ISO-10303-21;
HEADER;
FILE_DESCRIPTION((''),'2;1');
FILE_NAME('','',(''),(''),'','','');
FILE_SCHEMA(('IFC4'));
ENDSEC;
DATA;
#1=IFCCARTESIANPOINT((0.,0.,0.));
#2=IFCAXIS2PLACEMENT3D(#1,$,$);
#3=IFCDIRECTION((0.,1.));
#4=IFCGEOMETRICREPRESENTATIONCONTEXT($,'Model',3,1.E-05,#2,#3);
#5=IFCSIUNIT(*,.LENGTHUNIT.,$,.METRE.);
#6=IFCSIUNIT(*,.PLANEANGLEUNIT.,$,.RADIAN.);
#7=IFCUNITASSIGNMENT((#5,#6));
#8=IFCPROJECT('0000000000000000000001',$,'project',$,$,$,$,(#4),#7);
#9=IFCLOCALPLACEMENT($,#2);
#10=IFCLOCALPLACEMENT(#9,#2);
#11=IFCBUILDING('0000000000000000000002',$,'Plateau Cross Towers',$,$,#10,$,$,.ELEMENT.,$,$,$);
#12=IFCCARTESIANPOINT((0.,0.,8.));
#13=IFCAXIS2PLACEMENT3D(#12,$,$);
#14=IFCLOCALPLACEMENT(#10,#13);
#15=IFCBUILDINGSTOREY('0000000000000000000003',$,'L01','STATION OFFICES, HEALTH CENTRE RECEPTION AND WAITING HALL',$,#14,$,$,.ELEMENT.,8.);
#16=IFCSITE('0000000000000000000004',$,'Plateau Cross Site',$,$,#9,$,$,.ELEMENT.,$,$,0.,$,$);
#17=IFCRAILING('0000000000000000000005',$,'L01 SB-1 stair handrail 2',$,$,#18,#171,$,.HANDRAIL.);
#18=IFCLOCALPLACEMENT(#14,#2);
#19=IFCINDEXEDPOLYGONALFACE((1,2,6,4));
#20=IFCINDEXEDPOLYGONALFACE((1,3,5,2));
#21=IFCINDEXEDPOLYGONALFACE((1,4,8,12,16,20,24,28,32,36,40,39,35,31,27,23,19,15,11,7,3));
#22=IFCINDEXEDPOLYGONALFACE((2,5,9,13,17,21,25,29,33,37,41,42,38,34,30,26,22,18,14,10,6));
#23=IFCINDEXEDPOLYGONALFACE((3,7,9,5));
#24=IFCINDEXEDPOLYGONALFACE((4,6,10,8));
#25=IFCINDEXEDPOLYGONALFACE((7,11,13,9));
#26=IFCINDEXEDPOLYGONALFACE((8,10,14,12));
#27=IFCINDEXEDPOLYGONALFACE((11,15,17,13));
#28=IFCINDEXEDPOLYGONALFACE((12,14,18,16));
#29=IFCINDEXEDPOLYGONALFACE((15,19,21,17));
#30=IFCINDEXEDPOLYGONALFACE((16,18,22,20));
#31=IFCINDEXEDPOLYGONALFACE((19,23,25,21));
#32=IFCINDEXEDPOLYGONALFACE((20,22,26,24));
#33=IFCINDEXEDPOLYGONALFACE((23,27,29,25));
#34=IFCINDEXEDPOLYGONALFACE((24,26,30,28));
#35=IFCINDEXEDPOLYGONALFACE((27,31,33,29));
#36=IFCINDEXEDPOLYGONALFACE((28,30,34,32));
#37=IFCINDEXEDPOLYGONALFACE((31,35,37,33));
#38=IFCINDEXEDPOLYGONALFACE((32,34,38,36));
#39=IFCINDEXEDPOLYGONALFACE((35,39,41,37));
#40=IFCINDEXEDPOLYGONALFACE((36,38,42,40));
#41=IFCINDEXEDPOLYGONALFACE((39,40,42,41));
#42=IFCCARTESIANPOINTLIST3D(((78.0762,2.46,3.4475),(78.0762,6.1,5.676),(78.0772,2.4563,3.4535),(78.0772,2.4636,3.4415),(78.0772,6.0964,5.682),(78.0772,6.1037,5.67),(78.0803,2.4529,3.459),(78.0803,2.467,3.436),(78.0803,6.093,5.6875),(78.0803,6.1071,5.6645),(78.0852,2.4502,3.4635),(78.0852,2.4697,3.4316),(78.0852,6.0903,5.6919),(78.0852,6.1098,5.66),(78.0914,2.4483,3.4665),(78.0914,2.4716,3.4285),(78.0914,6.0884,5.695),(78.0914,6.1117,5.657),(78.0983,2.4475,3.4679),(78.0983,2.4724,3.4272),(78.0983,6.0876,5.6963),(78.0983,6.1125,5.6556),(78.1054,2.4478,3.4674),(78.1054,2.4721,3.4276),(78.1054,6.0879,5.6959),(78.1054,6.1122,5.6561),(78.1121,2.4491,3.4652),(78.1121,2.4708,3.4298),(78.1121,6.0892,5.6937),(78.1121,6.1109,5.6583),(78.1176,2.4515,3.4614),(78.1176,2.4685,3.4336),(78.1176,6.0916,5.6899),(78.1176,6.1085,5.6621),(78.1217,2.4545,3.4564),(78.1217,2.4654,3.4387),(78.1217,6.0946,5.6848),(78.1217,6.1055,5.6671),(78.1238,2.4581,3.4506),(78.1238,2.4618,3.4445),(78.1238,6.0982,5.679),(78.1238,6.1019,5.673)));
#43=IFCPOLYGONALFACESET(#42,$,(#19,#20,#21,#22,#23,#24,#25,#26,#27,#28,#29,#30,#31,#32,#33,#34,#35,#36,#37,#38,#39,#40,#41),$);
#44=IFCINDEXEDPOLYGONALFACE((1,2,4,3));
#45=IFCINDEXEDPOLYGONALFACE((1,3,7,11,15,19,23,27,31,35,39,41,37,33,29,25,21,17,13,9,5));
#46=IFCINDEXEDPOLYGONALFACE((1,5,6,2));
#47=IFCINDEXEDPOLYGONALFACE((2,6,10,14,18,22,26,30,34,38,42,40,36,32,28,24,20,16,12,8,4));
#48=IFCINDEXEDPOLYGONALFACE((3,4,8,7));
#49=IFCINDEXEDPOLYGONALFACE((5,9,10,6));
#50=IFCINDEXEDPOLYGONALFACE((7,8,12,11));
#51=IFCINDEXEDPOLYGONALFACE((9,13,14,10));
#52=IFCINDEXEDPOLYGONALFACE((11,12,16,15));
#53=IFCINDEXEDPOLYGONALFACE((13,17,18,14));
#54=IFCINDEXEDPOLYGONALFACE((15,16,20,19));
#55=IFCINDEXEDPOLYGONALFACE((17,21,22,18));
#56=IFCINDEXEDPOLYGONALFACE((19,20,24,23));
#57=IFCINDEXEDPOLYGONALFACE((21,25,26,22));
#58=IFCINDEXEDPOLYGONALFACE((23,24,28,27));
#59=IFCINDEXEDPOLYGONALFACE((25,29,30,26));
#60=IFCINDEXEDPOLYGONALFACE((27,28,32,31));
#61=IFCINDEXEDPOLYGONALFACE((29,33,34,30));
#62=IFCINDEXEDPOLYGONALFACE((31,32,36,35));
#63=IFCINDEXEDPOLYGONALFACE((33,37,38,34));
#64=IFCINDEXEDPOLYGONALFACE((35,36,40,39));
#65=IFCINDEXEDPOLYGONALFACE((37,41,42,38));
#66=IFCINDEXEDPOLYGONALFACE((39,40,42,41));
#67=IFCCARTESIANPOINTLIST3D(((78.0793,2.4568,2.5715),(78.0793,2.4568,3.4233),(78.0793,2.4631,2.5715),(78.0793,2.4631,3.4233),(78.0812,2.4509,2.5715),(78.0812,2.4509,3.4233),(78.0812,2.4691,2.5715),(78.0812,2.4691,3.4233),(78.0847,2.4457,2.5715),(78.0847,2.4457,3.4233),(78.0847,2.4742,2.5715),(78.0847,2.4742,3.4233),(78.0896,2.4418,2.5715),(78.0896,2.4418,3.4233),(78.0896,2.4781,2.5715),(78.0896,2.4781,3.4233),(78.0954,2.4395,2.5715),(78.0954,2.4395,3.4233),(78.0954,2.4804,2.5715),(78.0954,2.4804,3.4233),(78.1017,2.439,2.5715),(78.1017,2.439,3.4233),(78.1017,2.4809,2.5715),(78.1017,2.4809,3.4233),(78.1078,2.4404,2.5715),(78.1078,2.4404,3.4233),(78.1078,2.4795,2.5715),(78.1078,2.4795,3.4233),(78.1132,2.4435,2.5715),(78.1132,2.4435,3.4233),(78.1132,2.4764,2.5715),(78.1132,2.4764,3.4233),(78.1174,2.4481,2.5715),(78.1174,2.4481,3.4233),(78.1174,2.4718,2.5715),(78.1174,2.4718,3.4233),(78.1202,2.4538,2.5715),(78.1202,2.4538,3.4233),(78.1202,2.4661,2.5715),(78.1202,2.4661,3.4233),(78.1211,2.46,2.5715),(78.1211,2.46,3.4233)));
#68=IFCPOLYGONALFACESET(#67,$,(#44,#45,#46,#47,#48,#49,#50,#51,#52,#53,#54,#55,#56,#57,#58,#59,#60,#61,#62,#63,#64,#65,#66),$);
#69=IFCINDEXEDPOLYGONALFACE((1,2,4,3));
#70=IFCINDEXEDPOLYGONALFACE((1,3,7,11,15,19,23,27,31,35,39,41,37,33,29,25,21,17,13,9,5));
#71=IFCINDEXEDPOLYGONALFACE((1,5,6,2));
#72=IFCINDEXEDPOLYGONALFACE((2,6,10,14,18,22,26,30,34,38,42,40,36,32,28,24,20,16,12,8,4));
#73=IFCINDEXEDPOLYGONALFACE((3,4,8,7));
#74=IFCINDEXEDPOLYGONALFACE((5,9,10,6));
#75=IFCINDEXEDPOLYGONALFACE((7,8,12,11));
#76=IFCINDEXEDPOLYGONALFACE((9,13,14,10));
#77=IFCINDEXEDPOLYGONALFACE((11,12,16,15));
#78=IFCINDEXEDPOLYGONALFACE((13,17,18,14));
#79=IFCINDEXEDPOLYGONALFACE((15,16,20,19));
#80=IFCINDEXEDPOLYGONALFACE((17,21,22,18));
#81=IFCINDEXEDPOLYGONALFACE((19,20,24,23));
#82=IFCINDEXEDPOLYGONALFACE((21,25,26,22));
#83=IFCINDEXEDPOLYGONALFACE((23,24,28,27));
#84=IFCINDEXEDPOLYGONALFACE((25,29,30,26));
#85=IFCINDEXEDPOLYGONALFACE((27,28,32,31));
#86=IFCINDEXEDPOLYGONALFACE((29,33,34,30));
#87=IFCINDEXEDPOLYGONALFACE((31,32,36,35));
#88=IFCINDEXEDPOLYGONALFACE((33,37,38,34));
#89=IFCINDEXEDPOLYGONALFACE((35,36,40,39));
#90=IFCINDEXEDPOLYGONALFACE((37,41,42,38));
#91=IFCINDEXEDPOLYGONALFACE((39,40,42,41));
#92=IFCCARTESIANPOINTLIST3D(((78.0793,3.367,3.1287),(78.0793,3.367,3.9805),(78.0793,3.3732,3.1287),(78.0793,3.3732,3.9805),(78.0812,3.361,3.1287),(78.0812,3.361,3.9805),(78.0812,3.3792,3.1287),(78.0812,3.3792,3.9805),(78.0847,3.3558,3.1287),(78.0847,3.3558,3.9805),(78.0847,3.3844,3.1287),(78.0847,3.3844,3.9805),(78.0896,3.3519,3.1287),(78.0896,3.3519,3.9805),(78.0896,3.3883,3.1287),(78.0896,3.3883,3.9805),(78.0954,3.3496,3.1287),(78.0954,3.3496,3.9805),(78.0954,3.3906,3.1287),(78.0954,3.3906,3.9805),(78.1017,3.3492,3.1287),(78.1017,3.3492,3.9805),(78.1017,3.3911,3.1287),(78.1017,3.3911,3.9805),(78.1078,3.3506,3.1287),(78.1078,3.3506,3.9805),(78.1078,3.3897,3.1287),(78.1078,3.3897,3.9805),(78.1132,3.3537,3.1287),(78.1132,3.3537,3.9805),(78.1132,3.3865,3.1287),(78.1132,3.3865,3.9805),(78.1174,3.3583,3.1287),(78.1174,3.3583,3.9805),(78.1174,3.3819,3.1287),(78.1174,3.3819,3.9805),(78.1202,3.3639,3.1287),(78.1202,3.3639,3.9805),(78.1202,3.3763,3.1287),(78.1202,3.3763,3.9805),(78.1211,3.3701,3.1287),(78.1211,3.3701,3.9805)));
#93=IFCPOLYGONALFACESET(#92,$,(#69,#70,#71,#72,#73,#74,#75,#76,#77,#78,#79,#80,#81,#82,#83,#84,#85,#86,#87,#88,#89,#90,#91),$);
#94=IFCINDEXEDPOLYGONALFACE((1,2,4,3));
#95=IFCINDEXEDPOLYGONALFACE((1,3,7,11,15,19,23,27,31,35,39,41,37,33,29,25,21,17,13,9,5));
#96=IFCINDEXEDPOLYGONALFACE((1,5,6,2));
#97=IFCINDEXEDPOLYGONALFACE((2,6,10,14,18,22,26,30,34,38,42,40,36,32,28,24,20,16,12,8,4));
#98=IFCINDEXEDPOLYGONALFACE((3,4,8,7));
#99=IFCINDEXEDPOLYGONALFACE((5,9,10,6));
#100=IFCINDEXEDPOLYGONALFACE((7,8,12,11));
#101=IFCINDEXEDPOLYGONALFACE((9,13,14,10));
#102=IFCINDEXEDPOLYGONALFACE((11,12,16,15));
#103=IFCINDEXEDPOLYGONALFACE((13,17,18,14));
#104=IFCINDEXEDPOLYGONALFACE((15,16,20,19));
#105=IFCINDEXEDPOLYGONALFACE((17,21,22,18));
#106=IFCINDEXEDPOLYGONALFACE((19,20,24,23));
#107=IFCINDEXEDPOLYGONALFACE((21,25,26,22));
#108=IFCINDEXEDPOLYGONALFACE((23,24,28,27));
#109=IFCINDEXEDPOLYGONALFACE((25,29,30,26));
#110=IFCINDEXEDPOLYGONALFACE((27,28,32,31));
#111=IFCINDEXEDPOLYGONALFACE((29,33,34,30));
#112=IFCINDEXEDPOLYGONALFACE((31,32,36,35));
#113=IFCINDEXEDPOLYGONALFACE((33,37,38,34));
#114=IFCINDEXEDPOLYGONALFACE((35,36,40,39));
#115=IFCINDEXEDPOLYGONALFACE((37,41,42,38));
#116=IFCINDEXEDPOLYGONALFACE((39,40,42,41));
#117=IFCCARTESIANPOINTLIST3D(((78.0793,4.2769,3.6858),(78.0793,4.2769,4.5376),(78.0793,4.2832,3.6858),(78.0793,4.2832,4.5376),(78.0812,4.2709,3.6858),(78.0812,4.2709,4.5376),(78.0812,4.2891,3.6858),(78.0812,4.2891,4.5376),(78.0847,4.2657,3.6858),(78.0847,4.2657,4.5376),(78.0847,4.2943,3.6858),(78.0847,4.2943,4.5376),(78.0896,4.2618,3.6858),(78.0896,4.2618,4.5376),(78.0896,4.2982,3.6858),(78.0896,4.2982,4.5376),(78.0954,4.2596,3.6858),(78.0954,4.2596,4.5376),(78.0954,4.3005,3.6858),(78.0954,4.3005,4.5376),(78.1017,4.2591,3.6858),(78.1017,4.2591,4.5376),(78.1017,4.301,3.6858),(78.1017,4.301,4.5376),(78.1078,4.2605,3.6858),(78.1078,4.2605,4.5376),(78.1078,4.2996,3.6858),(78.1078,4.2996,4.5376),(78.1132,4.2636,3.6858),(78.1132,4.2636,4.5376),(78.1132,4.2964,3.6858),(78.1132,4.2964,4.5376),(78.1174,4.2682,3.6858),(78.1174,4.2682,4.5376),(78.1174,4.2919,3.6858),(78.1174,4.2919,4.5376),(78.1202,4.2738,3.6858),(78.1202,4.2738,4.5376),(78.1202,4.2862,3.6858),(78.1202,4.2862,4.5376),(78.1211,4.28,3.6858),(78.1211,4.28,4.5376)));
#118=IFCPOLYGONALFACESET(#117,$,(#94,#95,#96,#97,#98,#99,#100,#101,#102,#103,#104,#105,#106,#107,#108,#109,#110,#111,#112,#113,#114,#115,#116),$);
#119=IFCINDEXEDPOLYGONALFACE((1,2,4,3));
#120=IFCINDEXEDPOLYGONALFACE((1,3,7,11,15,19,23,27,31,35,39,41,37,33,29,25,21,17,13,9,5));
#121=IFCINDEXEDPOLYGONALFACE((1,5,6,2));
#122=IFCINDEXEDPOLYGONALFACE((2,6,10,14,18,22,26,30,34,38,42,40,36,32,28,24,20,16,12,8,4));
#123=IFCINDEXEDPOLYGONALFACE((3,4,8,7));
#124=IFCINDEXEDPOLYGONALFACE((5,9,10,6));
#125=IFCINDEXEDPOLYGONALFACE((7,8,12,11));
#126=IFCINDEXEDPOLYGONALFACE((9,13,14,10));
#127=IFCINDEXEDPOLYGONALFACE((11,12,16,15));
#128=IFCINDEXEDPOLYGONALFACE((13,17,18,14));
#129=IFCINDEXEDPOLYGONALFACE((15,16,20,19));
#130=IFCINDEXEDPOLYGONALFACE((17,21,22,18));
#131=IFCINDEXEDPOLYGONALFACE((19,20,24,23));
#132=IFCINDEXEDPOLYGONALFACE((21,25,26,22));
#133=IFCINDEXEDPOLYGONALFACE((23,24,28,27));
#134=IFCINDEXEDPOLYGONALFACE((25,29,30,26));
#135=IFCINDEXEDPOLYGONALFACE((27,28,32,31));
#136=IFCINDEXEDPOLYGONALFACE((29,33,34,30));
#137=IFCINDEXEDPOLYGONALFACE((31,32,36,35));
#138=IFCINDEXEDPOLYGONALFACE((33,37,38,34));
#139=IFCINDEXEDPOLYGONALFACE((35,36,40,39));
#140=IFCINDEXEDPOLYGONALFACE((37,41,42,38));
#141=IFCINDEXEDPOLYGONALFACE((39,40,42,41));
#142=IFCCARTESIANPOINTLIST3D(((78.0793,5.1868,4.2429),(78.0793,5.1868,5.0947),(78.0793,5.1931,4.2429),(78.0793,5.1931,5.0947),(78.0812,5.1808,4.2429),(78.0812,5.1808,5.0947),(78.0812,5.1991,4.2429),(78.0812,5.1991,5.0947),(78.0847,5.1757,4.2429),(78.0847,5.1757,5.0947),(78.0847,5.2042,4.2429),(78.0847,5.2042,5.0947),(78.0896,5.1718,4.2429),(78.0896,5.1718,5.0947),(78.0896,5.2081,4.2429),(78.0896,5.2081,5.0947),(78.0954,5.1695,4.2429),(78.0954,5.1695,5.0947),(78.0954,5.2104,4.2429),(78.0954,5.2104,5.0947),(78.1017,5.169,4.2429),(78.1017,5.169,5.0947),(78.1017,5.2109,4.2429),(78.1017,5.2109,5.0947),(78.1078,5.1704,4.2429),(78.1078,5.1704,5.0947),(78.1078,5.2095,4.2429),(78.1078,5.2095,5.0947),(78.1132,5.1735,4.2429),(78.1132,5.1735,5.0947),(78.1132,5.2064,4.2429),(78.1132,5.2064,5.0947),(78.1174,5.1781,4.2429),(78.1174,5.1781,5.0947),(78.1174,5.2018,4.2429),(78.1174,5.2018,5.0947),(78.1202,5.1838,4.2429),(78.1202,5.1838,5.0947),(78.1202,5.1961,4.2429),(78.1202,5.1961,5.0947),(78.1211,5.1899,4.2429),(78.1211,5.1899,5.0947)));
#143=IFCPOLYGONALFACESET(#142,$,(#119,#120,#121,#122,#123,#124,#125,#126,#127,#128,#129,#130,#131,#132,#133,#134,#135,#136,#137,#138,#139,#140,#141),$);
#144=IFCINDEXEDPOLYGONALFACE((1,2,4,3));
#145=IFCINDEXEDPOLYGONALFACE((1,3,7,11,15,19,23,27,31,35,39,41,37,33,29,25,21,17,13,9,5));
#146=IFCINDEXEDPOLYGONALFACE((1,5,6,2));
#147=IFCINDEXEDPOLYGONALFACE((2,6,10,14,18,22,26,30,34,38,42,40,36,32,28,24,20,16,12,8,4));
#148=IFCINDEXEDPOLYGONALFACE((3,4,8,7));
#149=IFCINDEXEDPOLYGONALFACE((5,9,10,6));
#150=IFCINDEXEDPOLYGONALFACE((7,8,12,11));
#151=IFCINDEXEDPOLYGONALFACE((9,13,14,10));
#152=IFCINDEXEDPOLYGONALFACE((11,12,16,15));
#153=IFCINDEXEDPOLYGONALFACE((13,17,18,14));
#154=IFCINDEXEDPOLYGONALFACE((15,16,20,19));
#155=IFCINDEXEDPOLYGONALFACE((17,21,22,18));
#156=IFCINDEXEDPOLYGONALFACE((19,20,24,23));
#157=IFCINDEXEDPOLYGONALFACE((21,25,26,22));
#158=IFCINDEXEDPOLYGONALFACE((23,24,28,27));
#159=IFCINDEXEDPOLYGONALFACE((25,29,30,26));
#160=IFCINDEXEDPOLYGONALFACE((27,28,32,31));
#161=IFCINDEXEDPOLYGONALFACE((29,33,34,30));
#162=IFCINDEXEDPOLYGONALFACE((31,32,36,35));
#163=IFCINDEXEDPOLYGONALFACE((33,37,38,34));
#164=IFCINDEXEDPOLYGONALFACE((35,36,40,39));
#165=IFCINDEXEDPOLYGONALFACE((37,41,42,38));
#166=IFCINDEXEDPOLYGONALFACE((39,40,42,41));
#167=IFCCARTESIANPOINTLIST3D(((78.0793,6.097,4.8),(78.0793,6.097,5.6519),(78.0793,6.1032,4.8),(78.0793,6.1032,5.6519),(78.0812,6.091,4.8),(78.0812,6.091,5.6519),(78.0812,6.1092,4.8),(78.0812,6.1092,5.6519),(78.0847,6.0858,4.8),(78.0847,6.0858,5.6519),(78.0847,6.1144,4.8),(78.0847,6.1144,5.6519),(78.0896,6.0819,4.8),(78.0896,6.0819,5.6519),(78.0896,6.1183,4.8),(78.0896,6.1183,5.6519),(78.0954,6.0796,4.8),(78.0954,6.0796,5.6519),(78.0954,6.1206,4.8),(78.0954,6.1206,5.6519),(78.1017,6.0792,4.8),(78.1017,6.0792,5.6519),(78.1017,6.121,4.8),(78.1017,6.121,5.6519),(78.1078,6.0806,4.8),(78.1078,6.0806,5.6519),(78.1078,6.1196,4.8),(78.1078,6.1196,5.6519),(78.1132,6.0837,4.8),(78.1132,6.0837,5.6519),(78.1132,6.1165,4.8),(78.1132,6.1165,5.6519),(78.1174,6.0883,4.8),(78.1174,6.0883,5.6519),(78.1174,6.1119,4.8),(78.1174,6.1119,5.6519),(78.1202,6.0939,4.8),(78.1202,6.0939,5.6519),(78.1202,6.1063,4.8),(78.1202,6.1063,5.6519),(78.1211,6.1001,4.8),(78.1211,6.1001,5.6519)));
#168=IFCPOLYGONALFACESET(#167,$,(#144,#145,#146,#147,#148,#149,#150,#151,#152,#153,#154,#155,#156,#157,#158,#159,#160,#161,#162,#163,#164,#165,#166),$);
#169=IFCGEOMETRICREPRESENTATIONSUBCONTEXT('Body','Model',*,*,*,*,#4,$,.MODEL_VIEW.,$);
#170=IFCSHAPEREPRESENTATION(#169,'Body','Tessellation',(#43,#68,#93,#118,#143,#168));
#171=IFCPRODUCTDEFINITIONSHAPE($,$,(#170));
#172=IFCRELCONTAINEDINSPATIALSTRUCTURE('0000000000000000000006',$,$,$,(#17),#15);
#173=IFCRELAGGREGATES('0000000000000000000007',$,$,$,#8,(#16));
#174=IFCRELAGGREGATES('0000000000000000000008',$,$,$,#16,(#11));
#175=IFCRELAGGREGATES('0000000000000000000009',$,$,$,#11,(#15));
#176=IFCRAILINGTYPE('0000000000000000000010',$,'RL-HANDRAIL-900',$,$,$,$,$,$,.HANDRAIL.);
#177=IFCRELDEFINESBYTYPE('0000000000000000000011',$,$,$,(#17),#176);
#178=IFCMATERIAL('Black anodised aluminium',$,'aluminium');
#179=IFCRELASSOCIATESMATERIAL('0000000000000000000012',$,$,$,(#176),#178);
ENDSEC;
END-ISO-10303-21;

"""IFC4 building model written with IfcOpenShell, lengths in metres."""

from ifc_helpers import new_model, si_unit, direction, frame, origin, origin_2d, place, context, subcontext, project, spatial, circle, extrude, material, type_object, element, save


model = new_model("IFC4")

# Units and contexts
model_context = context("Model", 3, precision=1e-05, world=origin(), true_north=direction((0.0, 1.0)))
body_context = subcontext(model_context, "Body", "Model", "MODEL_VIEW")
ifc_project = project(units=[si_unit("LENGTHUNIT", "METRE"), si_unit("PLANEANGLEUNIT", "RADIAN")], contexts=[model_context])

# Site, building, storey
site_placement = place(None, origin())
site = spatial("IfcSite", under=ifc_project, at=site_placement, Name="Plateau Cross Site", CompositionType="ELEMENT", RefElevation=0.0)
building_placement = place(site_placement, origin())
building = spatial("IfcBuilding", under=site, at=building_placement, Name="Plateau Cross Towers", CompositionType="ELEMENT")
storey_placement = place(building_placement, frame((0.0, 0.0, 8.0)))
storey = spatial("IfcBuildingStorey", under=building, at=storey_placement, Name="L01", Description="STATION OFFICES, HEALTH CENTRE RECEPTION AND WAITING HALL", CompositionType="ELEMENT", Elevation=8.0)

# Railing
ifc_material_1 = material(Name="Black anodised aluminium", Category="aluminium")
railing_type_1 = type_object("IfcRailingType", Name="RL-HANDRAIL-900", PredefinedType="HANDRAIL", material=ifc_material_1)
railing_1_placement = place(storey_placement, frame((78.1001, 2.46, 2.5715)))
element("IfcRailing", 1, at=railing_1_placement, inside=storey, type_object=railing_type_1, Name="L01 SB-1 stair handrail 2", PredefinedType="HANDRAIL", context=body_context, shape_type="SweptSolid", body=[
    extrude(circle(Radius=0.0239, at=origin_2d()), frame((0.0, 0.0, 0.876), z_axis=(0.0, 0.852866, 0.52213), x_axis=(-1.0, 0.0, 0.0)), (0.0, 0.0, 1.0), 4.2681),
    extrude(circle(Radius=0.021, at=origin_2d()), origin(), (0.0, 0.0, 1.0), 0.8518),
    extrude(circle(Radius=0.021, at=origin_2d()), frame((0.0, 0.9102, 0.5571)), (0.0, 0.0, 1.0), 0.8518),
    extrude(circle(Radius=0.021, at=origin_2d()), frame((0.0, 1.8201, 1.1143)), (0.0, 0.0, 1.0), 0.8518),
    extrude(circle(Radius=0.021, at=origin_2d()), frame((0.0, 2.73, 1.6714)), (0.0, 0.0, 1.0), 0.8518),
    extrude(circle(Radius=0.021, at=origin_2d()), frame((0.0, 3.6401, 2.2285)), (0.0, 0.0, 1.0), 0.8518),
])

save(model, "model.ifc")
